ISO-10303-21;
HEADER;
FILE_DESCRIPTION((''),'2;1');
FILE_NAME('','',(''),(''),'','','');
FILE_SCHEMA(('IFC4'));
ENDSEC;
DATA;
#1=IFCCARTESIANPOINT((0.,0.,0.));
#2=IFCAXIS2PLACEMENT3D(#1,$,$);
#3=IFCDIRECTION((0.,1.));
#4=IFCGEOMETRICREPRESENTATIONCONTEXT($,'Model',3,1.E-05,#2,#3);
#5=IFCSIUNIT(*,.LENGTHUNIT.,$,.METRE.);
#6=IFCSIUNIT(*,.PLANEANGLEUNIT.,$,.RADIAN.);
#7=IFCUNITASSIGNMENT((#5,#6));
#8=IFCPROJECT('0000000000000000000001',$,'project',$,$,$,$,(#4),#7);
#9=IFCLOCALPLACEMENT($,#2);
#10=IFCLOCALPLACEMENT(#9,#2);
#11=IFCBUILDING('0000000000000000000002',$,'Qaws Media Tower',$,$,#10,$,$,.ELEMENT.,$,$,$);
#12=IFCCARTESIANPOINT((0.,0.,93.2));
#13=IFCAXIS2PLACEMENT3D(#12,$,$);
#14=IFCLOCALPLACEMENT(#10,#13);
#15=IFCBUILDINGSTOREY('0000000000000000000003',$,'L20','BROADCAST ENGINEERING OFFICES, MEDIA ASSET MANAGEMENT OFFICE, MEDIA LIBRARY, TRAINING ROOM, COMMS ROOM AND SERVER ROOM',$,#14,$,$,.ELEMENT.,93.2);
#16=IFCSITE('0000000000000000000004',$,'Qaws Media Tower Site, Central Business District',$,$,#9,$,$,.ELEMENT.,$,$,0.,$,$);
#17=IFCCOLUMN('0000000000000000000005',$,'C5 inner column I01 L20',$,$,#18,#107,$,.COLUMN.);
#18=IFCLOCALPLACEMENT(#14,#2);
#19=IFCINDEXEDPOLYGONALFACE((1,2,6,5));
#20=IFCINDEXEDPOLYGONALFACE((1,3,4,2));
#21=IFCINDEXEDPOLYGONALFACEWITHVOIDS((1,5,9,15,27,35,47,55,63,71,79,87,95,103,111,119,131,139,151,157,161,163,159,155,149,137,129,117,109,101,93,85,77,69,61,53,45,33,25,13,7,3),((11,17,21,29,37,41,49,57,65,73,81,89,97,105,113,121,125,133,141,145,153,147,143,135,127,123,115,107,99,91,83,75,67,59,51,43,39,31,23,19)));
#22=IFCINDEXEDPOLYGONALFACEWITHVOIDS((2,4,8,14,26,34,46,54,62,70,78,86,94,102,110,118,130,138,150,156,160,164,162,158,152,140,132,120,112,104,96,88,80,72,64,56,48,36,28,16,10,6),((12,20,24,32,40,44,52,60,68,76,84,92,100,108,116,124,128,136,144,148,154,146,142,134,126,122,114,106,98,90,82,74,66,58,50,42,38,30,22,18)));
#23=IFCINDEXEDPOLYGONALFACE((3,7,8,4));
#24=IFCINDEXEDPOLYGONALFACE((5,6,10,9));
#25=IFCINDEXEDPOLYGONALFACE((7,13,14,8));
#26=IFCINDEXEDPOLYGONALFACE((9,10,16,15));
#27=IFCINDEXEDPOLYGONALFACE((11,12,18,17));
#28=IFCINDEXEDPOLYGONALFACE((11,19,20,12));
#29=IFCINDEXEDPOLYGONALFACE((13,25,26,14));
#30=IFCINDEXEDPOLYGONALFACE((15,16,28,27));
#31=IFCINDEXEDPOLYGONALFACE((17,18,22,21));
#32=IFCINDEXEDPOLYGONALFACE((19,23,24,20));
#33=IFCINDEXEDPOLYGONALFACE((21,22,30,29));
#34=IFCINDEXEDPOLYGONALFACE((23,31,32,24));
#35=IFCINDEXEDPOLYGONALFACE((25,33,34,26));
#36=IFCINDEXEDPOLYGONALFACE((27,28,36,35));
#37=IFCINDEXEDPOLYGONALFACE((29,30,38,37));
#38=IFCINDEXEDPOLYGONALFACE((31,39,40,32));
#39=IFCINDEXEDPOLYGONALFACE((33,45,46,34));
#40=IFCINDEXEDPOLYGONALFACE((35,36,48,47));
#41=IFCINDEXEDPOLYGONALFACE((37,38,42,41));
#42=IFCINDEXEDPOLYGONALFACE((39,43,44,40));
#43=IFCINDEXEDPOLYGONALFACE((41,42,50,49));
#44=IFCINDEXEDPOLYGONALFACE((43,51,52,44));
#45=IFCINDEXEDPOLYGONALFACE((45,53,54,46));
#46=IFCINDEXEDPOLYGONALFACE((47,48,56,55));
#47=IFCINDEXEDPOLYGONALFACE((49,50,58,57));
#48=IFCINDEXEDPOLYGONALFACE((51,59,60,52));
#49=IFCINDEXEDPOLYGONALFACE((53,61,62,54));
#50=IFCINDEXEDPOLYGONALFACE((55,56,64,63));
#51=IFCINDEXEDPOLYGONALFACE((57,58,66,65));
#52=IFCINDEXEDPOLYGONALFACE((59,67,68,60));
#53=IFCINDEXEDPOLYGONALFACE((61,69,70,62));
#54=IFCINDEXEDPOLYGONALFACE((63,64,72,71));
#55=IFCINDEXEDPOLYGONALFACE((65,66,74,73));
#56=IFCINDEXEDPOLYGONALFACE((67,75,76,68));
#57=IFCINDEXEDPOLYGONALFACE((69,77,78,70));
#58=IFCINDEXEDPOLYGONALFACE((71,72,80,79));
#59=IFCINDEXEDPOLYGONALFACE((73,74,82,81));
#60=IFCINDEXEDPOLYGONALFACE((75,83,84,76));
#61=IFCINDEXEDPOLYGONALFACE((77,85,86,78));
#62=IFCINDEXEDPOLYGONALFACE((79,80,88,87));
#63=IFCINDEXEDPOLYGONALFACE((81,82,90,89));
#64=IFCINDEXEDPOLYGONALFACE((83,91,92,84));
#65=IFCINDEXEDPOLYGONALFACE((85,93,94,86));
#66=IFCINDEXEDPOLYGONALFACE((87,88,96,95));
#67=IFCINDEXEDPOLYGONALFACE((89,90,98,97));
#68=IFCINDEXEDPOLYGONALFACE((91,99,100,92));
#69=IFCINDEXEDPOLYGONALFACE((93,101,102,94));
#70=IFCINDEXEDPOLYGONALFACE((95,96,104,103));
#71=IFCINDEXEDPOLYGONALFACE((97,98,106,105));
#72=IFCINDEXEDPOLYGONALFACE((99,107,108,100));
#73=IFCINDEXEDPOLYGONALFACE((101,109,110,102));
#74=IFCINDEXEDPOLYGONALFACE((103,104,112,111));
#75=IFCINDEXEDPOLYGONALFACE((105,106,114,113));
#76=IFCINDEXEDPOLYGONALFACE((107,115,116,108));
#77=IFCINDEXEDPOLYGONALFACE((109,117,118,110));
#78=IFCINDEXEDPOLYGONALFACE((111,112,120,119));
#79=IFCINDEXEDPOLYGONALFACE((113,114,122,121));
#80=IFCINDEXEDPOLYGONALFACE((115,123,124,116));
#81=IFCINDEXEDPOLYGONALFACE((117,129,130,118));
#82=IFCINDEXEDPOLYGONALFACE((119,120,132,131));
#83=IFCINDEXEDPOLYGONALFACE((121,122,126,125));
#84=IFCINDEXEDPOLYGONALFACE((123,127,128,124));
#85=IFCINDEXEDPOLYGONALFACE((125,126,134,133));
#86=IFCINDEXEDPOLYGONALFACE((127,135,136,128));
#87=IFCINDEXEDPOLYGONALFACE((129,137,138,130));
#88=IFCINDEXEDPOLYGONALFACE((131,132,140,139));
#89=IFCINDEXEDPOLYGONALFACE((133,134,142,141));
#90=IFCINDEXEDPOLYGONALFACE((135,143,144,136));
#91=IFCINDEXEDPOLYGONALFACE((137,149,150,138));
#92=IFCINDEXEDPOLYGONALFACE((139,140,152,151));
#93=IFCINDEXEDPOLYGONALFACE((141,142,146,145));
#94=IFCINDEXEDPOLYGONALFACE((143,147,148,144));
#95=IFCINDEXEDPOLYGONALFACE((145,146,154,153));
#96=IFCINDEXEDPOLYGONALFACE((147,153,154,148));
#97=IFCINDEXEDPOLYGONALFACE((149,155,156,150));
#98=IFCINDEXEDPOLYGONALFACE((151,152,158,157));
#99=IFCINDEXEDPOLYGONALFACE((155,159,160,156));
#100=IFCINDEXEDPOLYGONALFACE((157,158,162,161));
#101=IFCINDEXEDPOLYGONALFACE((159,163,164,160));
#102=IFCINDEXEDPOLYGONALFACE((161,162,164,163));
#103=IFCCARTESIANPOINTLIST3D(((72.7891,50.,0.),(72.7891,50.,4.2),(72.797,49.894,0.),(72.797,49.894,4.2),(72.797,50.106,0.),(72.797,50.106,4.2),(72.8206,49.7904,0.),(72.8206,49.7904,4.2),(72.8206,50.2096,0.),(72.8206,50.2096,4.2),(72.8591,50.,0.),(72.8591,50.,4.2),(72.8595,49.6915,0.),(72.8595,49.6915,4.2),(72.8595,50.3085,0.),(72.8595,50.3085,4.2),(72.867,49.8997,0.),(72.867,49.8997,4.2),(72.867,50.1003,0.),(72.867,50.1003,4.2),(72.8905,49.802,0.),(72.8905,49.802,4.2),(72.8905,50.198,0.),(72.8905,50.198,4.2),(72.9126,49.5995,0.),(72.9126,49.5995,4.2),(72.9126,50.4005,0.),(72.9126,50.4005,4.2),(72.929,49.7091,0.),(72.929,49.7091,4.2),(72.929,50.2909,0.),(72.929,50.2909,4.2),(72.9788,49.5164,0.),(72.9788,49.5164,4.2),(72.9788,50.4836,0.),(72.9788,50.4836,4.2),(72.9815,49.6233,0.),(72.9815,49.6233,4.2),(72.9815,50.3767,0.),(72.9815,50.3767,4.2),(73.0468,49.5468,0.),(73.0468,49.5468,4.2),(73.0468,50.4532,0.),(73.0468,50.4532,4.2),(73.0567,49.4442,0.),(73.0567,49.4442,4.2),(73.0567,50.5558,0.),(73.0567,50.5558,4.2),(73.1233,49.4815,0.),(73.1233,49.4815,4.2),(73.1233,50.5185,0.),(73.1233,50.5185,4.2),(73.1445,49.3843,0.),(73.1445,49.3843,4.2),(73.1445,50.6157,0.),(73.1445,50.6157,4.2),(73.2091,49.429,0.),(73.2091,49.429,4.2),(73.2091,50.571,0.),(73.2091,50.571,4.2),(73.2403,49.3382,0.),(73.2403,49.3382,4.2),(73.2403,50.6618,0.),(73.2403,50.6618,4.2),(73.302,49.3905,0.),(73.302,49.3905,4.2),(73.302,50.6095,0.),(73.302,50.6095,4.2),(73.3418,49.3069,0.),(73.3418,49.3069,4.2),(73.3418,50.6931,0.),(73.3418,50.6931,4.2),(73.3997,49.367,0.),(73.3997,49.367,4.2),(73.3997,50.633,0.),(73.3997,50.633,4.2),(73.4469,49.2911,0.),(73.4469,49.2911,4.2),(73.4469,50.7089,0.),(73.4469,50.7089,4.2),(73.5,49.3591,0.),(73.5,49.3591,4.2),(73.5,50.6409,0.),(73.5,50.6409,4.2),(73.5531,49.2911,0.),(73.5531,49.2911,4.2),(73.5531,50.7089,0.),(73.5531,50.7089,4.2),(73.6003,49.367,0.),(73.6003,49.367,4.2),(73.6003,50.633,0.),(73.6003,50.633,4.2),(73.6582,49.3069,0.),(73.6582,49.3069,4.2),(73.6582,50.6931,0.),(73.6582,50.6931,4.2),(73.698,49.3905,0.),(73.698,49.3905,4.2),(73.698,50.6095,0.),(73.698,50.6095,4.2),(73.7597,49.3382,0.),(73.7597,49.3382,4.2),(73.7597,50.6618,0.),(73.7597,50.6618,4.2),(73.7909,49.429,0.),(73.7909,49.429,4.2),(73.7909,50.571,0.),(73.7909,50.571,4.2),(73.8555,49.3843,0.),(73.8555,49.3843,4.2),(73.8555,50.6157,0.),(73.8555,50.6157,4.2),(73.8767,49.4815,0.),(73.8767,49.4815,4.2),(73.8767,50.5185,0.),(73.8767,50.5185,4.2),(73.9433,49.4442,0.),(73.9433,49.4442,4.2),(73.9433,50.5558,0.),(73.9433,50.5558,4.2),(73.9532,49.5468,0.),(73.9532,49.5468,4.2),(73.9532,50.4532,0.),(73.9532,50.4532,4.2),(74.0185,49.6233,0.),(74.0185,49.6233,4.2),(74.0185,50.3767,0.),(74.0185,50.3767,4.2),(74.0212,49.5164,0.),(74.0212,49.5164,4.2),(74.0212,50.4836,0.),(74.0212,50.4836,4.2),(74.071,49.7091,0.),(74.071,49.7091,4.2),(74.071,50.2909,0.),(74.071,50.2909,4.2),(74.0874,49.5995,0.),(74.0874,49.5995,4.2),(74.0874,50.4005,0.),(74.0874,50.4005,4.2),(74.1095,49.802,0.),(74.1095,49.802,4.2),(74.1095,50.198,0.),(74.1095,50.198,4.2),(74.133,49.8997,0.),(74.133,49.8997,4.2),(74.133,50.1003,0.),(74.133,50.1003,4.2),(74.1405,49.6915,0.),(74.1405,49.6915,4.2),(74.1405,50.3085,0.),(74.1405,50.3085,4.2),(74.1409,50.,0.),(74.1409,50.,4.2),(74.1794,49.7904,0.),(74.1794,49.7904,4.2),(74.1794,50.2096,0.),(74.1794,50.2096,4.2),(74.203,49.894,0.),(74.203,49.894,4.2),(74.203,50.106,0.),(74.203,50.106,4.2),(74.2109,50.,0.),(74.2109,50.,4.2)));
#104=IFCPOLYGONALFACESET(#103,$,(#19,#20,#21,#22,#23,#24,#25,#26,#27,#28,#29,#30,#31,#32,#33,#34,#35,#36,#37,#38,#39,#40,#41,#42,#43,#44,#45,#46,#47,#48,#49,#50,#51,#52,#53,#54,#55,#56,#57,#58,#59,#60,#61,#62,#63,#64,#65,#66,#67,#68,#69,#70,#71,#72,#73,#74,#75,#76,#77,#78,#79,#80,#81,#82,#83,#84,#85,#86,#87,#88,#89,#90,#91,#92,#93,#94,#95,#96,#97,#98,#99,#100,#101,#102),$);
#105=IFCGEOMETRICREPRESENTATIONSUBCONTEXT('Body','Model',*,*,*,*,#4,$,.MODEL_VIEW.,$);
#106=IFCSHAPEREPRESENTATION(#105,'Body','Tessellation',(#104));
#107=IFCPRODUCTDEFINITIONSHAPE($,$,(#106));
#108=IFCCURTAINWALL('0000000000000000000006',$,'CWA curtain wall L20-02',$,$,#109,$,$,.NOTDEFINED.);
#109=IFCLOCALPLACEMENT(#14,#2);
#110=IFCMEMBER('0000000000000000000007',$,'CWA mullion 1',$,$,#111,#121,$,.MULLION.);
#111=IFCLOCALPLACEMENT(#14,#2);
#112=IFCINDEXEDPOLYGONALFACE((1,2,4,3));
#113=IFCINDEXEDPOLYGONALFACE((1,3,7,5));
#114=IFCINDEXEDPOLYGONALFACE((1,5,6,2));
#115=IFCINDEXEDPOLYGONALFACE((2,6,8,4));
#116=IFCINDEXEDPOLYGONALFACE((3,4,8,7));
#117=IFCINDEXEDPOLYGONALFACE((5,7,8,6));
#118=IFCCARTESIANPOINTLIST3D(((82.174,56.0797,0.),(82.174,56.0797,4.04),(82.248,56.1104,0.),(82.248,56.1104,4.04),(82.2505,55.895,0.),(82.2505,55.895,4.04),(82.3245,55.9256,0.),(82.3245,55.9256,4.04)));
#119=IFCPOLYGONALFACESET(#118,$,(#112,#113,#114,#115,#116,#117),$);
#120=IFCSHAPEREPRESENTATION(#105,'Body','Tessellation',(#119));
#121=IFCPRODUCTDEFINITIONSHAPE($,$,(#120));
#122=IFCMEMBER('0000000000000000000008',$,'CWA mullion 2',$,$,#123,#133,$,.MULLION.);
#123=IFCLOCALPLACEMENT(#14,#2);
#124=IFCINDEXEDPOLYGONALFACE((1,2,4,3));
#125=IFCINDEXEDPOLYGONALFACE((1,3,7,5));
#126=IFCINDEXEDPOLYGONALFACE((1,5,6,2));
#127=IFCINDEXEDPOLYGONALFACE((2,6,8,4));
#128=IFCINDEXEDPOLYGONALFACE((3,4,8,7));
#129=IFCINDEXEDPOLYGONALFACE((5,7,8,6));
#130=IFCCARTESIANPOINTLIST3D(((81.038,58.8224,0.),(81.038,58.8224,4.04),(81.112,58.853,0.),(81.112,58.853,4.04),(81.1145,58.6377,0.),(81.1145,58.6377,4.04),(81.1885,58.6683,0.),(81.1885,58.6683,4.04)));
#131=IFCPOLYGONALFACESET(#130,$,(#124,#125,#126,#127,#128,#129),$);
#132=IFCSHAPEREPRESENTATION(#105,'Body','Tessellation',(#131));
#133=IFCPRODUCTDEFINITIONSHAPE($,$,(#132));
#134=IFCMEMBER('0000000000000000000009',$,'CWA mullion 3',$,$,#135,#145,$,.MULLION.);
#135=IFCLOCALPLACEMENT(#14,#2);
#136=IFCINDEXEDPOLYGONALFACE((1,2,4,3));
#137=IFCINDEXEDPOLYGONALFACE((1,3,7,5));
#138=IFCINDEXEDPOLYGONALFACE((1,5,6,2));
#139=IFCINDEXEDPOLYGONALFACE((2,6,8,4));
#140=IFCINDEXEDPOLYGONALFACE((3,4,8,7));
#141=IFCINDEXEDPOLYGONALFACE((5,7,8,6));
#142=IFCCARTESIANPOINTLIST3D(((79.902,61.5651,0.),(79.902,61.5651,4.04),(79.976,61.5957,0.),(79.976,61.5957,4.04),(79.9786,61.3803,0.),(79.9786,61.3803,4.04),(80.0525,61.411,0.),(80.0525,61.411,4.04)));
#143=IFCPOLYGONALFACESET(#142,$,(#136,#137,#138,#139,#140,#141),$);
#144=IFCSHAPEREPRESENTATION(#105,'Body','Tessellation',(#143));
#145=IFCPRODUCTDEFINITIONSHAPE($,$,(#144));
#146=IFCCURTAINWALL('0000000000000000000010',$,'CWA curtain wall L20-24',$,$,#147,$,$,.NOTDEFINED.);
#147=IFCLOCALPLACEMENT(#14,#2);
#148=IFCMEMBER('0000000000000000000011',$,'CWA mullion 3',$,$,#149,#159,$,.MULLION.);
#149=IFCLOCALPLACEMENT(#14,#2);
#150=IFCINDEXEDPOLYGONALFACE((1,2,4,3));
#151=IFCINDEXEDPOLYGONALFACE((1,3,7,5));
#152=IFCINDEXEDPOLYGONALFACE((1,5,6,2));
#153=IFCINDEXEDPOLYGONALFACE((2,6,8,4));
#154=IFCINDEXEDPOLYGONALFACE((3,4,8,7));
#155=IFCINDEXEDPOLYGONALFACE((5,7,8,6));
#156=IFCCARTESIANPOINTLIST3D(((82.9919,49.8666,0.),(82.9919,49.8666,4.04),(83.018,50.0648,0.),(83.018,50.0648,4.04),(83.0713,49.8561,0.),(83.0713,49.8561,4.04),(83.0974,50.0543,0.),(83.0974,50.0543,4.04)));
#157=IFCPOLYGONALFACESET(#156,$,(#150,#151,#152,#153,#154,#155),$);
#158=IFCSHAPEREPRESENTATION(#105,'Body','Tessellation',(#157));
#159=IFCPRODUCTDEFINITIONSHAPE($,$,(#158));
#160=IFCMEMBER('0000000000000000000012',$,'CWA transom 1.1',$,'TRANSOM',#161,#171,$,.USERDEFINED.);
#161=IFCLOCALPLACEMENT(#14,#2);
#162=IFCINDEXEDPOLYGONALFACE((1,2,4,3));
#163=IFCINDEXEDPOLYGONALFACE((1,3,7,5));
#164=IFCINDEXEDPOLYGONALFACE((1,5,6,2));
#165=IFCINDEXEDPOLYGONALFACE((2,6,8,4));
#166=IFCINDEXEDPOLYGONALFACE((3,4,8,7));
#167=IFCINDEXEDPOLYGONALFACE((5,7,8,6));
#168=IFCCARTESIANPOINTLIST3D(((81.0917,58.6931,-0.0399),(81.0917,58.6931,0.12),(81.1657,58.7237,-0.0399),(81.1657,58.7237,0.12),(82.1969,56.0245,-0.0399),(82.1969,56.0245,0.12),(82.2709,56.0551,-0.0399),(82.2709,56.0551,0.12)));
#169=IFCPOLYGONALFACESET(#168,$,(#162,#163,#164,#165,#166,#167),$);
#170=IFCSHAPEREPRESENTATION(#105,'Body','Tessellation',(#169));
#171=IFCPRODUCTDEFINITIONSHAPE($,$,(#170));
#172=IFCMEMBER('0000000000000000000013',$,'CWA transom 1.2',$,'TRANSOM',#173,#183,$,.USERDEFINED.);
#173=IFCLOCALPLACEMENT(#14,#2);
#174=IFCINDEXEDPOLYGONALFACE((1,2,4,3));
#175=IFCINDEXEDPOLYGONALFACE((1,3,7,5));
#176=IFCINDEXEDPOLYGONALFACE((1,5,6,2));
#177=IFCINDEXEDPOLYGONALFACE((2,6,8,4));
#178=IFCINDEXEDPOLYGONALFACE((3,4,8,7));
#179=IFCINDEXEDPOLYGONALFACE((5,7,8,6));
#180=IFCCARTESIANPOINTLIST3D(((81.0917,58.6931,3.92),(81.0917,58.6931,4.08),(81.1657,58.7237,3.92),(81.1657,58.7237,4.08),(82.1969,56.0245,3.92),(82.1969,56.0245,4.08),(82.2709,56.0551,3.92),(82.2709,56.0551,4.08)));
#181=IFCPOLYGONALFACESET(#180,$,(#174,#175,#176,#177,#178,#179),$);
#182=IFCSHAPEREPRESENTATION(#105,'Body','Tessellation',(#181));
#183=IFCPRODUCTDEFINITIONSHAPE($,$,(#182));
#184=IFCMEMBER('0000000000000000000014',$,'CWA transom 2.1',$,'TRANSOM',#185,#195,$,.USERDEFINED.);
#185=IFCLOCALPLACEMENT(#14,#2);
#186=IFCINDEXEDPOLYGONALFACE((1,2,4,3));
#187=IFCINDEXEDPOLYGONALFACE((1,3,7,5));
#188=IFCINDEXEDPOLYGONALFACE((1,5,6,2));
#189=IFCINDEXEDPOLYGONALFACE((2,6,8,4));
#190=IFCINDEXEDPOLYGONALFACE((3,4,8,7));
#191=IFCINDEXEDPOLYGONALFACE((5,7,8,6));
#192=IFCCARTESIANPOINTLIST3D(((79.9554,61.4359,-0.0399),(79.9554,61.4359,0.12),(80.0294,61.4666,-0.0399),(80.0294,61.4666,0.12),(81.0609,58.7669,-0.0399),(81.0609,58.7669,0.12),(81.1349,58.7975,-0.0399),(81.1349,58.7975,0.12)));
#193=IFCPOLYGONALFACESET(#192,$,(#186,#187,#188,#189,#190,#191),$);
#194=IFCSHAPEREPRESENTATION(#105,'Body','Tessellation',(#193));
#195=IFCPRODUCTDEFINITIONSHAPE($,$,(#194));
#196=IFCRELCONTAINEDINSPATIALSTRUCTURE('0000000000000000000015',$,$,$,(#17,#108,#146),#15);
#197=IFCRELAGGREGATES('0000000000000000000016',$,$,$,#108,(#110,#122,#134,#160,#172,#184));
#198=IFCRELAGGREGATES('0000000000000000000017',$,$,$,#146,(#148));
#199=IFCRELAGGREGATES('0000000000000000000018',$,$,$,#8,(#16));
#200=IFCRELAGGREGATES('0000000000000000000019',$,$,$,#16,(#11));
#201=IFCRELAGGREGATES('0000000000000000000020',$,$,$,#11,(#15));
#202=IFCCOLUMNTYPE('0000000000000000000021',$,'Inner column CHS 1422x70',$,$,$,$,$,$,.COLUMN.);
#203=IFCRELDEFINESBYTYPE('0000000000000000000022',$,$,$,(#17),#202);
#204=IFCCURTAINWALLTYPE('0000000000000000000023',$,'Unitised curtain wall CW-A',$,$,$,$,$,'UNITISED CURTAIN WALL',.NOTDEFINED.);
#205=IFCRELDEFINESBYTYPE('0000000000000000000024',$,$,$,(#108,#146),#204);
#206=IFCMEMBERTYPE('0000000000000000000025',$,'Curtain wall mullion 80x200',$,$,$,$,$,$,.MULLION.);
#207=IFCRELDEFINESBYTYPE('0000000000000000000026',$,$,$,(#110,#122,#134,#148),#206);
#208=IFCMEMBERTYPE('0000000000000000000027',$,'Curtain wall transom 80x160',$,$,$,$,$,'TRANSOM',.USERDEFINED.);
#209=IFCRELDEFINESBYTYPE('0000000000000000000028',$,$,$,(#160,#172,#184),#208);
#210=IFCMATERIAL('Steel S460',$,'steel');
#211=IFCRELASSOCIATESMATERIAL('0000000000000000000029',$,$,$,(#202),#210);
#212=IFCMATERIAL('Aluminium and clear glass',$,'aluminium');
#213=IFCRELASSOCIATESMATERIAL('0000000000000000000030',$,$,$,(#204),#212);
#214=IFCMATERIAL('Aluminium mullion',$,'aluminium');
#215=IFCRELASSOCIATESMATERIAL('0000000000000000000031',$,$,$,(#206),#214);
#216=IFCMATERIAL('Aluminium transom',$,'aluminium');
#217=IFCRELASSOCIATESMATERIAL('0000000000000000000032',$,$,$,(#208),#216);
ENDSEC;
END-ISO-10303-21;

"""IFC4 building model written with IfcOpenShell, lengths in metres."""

from ifc_helpers import new_model, si_unit, direction, frame, origin, origin_2d, place, context, subcontext, project, spatial, rectangle, hollow_circle, extrude, material, material_profile, profile_set, type_object, element, aggregate, save


model = new_model("IFC4")

# Units and contexts
model_context = context("Model", 3, precision=1e-05, world=origin(), true_north=direction((0.0, 1.0)))
body_context = subcontext(model_context, "Body", "Model", "MODEL_VIEW")
ifc_project = project(units=[si_unit("LENGTHUNIT", "METRE"), si_unit("PLANEANGLEUNIT", "RADIAN")], contexts=[model_context])

# Site, building, storey
site_placement = place(None, origin())
site = spatial("IfcSite", under=ifc_project, at=site_placement, Name="Qaws Media Tower Site, Central Business District", CompositionType="ELEMENT", RefElevation=0.0)
building_placement = place(site_placement, origin())
building = spatial("IfcBuilding", under=site, at=building_placement, Name="Qaws Media Tower", CompositionType="ELEMENT")
storey_placement = place(building_placement, frame((0.0, 0.0, 93.2)))
storey = spatial("IfcBuildingStorey", under=building, at=storey_placement, Name="L20", Description="BROADCAST ENGINEERING OFFICES, MEDIA ASSET MANAGEMENT OFFICE, MEDIA LIBRARY, TRAINING ROOM, COMMS ROOM AND SERVER ROOM", CompositionType="ELEMENT", Elevation=93.2)

# Column
ifc_material_1 = material(Name="Steel S460", Category="steel")
ifc_material_profile_1 = material_profile(ifc_material_1, hollow_circle(Radius=0.7109, WallThickness=0.0701, at=origin_2d()), Name="CHS 1422x70")
ifc_profile_set_1 = profile_set([ifc_material_profile_1], Name="Steel S460")
column_type = type_object("IfcColumnType", Name="Inner column CHS 1422x70", PredefinedType="COLUMN", material=ifc_profile_set_1)
column_placement = place(storey_placement, frame((73.5, 50.0, 0.0), z_axis=(0.0, 0.0, 1.0), x_axis=(1.0, 0.0, 0.0)))
element("IfcColumn", 1, at=column_placement, inside=storey, type_object=column_type, Name="C5 inner column I01 L20", PredefinedType="COLUMN", context=body_context, shape_type="SweptSolid", body=[
    extrude(hollow_circle(Radius=0.7109, WallThickness=0.0701, at=origin_2d()), origin(), (0.0, 0.0, 1.0), 4.2),
])

# Curtain wall, members
ifc_material_2 = material(Name="Aluminium and clear glass", Category="aluminium")
curtain_wall_type = type_object("IfcCurtainWallType", Name="Unitised curtain wall CW-A", ElementType="UNITISED CURTAIN WALL", PredefinedType="NOTDEFINED", material=ifc_material_2)
curtain_wall_1_placement = place(storey_placement, origin())
curtain_wall_1 = element("IfcCurtainWall", 2, at=curtain_wall_1_placement, inside=storey, type_object=curtain_wall_type, Name="CWA curtain wall L20-02", PredefinedType="NOTDEFINED")
ifc_material_3 = material(Name="Aluminium mullion", Category="aluminium")
ifc_material_profile_2 = material_profile(ifc_material_3, rectangle(XDim=0.0801, YDim=0.2, at=origin_2d()), Name="80x200")
ifc_profile_set_2 = profile_set([ifc_material_profile_2], Name="Aluminium mullion")
member_type_1 = type_object("IfcMemberType", Name="Curtain wall mullion 80x200", PredefinedType="MULLION", material=ifc_profile_set_2)
member_1_placement = place(storey_placement, frame((82.2493, 56.0027, 0.0), z_axis=(0.0, 0.0, 1.0), x_axis=(-0.92388, -0.382683, 0.0)))
member_1 = element("IfcMember", 3, at=member_1_placement, type_object=member_type_1, Name="CWA mullion 1", PredefinedType="MULLION", context=body_context, shape_type="SweptSolid", body=[
    extrude(rectangle(XDim=0.0801, YDim=0.2, at=origin_2d()), origin(), (0.0, 0.0, 1.0), 4.04),
])
member_2_placement = place(storey_placement, frame((81.1133, 58.7454, 0.0), z_axis=(0.0, 0.0, 1.0), x_axis=(-0.92388, -0.382683, 0.0)))
member_2 = element("IfcMember", 4, at=member_2_placement, type_object=member_type_1, Name="CWA mullion 2", PredefinedType="MULLION", context=body_context, shape_type="SweptSolid", body=[
    extrude(rectangle(XDim=0.0801, YDim=0.2, at=origin_2d()), origin(), (0.0, 0.0, 1.0), 4.04),
])
member_3_placement = place(storey_placement, frame((79.9773, 61.488, 0.0), z_axis=(0.0, 0.0, 1.0), x_axis=(-0.92388, -0.382683, 0.0)))
member_3 = element("IfcMember", 5, at=member_3_placement, type_object=member_type_1, Name="CWA mullion 3", PredefinedType="MULLION", context=body_context, shape_type="SweptSolid", body=[
    extrude(rectangle(XDim=0.0801, YDim=0.2, at=origin_2d()), origin(), (0.0, 0.0, 1.0), 4.04),
])

# Curtain wall, member
curtain_wall_2_placement = place(storey_placement, origin())
curtain_wall_2 = element("IfcCurtainWall", 6, at=curtain_wall_2_placement, inside=storey, type_object=curtain_wall_type, Name="CWA curtain wall L20-24", PredefinedType="NOTDEFINED")
member_4_placement = place(storey_placement, frame((83.0447, 49.9604, 0.0), z_axis=(0.0, 0.0, 1.0), x_axis=(-0.991445, 0.130526, 0.0)))
member_4 = element("IfcMember", 7, at=member_4_placement, type_object=member_type_1, Name="CWA mullion 3", PredefinedType="MULLION", context=body_context, shape_type="SweptSolid", body=[
    extrude(rectangle(XDim=0.0801, YDim=0.2, at=origin_2d()), origin(), (0.0, 0.0, 1.0), 4.04),
])

# Members
ifc_material_4 = material(Name="Aluminium transom", Category="aluminium")
ifc_material_profile_3 = material_profile(ifc_material_4, rectangle(XDim=0.0801, YDim=0.1599, at=origin_2d()), Name="80x160")
ifc_profile_set_3 = profile_set([ifc_material_profile_3], Name="Aluminium transom")
member_type_2 = type_object("IfcMemberType", Name="Curtain wall transom 80x160", ElementType="TRANSOM", PredefinedType="USERDEFINED", material=ifc_profile_set_3)
member_5_placement = place(storey_placement, frame((82.2339, 56.0398, 0.04), z_axis=(-0.382628, 0.923902, 0.0), x_axis=(-0.923902, -0.382628, 0.0)))
member_5 = element("IfcMember", 8, at=member_5_placement, type_object=member_type_2, Name="CWA transom 1.1", ObjectType="TRANSOM", PredefinedType="USERDEFINED", context=body_context, shape_type="SweptSolid", body=[
    extrude(rectangle(XDim=0.0801, YDim=0.1599, at=origin_2d()), origin(), (0.0, 0.0, 1.0), 2.8884),
])
member_6_placement = place(storey_placement, frame((82.2339, 56.0398, 4.0), z_axis=(-0.382628, 0.923902, 0.0), x_axis=(-0.923902, -0.382628, 0.0)))
member_6 = element("IfcMember", 9, at=member_6_placement, type_object=member_type_2, Name="CWA transom 1.2", ObjectType="TRANSOM", PredefinedType="USERDEFINED", context=body_context, shape_type="SweptSolid", body=[
    extrude(rectangle(XDim=0.0801, YDim=0.1599, at=origin_2d()), origin(), (0.0, 0.0, 1.0), 2.8884),
])
member_7_placement = place(storey_placement, frame((81.0979, 58.7822, 0.04), z_axis=(-0.38267, 0.923885, 0.0), x_axis=(-0.923885, -0.38267, 0.0)))
member_7 = element("IfcMember", 10, at=member_7_placement, type_object=member_type_2, Name="CWA transom 2.1", ObjectType="TRANSOM", PredefinedType="USERDEFINED", context=body_context, shape_type="SweptSolid", body=[
    extrude(rectangle(XDim=0.0801, YDim=0.1599, at=origin_2d()), origin(), (0.0, 0.0, 1.0), 2.8889),
])

aggregate(curtain_wall_1, [member_1, member_2, member_3, member_5, member_6, member_7])
aggregate(curtain_wall_2, [member_4])

save(model, "model.ifc")
